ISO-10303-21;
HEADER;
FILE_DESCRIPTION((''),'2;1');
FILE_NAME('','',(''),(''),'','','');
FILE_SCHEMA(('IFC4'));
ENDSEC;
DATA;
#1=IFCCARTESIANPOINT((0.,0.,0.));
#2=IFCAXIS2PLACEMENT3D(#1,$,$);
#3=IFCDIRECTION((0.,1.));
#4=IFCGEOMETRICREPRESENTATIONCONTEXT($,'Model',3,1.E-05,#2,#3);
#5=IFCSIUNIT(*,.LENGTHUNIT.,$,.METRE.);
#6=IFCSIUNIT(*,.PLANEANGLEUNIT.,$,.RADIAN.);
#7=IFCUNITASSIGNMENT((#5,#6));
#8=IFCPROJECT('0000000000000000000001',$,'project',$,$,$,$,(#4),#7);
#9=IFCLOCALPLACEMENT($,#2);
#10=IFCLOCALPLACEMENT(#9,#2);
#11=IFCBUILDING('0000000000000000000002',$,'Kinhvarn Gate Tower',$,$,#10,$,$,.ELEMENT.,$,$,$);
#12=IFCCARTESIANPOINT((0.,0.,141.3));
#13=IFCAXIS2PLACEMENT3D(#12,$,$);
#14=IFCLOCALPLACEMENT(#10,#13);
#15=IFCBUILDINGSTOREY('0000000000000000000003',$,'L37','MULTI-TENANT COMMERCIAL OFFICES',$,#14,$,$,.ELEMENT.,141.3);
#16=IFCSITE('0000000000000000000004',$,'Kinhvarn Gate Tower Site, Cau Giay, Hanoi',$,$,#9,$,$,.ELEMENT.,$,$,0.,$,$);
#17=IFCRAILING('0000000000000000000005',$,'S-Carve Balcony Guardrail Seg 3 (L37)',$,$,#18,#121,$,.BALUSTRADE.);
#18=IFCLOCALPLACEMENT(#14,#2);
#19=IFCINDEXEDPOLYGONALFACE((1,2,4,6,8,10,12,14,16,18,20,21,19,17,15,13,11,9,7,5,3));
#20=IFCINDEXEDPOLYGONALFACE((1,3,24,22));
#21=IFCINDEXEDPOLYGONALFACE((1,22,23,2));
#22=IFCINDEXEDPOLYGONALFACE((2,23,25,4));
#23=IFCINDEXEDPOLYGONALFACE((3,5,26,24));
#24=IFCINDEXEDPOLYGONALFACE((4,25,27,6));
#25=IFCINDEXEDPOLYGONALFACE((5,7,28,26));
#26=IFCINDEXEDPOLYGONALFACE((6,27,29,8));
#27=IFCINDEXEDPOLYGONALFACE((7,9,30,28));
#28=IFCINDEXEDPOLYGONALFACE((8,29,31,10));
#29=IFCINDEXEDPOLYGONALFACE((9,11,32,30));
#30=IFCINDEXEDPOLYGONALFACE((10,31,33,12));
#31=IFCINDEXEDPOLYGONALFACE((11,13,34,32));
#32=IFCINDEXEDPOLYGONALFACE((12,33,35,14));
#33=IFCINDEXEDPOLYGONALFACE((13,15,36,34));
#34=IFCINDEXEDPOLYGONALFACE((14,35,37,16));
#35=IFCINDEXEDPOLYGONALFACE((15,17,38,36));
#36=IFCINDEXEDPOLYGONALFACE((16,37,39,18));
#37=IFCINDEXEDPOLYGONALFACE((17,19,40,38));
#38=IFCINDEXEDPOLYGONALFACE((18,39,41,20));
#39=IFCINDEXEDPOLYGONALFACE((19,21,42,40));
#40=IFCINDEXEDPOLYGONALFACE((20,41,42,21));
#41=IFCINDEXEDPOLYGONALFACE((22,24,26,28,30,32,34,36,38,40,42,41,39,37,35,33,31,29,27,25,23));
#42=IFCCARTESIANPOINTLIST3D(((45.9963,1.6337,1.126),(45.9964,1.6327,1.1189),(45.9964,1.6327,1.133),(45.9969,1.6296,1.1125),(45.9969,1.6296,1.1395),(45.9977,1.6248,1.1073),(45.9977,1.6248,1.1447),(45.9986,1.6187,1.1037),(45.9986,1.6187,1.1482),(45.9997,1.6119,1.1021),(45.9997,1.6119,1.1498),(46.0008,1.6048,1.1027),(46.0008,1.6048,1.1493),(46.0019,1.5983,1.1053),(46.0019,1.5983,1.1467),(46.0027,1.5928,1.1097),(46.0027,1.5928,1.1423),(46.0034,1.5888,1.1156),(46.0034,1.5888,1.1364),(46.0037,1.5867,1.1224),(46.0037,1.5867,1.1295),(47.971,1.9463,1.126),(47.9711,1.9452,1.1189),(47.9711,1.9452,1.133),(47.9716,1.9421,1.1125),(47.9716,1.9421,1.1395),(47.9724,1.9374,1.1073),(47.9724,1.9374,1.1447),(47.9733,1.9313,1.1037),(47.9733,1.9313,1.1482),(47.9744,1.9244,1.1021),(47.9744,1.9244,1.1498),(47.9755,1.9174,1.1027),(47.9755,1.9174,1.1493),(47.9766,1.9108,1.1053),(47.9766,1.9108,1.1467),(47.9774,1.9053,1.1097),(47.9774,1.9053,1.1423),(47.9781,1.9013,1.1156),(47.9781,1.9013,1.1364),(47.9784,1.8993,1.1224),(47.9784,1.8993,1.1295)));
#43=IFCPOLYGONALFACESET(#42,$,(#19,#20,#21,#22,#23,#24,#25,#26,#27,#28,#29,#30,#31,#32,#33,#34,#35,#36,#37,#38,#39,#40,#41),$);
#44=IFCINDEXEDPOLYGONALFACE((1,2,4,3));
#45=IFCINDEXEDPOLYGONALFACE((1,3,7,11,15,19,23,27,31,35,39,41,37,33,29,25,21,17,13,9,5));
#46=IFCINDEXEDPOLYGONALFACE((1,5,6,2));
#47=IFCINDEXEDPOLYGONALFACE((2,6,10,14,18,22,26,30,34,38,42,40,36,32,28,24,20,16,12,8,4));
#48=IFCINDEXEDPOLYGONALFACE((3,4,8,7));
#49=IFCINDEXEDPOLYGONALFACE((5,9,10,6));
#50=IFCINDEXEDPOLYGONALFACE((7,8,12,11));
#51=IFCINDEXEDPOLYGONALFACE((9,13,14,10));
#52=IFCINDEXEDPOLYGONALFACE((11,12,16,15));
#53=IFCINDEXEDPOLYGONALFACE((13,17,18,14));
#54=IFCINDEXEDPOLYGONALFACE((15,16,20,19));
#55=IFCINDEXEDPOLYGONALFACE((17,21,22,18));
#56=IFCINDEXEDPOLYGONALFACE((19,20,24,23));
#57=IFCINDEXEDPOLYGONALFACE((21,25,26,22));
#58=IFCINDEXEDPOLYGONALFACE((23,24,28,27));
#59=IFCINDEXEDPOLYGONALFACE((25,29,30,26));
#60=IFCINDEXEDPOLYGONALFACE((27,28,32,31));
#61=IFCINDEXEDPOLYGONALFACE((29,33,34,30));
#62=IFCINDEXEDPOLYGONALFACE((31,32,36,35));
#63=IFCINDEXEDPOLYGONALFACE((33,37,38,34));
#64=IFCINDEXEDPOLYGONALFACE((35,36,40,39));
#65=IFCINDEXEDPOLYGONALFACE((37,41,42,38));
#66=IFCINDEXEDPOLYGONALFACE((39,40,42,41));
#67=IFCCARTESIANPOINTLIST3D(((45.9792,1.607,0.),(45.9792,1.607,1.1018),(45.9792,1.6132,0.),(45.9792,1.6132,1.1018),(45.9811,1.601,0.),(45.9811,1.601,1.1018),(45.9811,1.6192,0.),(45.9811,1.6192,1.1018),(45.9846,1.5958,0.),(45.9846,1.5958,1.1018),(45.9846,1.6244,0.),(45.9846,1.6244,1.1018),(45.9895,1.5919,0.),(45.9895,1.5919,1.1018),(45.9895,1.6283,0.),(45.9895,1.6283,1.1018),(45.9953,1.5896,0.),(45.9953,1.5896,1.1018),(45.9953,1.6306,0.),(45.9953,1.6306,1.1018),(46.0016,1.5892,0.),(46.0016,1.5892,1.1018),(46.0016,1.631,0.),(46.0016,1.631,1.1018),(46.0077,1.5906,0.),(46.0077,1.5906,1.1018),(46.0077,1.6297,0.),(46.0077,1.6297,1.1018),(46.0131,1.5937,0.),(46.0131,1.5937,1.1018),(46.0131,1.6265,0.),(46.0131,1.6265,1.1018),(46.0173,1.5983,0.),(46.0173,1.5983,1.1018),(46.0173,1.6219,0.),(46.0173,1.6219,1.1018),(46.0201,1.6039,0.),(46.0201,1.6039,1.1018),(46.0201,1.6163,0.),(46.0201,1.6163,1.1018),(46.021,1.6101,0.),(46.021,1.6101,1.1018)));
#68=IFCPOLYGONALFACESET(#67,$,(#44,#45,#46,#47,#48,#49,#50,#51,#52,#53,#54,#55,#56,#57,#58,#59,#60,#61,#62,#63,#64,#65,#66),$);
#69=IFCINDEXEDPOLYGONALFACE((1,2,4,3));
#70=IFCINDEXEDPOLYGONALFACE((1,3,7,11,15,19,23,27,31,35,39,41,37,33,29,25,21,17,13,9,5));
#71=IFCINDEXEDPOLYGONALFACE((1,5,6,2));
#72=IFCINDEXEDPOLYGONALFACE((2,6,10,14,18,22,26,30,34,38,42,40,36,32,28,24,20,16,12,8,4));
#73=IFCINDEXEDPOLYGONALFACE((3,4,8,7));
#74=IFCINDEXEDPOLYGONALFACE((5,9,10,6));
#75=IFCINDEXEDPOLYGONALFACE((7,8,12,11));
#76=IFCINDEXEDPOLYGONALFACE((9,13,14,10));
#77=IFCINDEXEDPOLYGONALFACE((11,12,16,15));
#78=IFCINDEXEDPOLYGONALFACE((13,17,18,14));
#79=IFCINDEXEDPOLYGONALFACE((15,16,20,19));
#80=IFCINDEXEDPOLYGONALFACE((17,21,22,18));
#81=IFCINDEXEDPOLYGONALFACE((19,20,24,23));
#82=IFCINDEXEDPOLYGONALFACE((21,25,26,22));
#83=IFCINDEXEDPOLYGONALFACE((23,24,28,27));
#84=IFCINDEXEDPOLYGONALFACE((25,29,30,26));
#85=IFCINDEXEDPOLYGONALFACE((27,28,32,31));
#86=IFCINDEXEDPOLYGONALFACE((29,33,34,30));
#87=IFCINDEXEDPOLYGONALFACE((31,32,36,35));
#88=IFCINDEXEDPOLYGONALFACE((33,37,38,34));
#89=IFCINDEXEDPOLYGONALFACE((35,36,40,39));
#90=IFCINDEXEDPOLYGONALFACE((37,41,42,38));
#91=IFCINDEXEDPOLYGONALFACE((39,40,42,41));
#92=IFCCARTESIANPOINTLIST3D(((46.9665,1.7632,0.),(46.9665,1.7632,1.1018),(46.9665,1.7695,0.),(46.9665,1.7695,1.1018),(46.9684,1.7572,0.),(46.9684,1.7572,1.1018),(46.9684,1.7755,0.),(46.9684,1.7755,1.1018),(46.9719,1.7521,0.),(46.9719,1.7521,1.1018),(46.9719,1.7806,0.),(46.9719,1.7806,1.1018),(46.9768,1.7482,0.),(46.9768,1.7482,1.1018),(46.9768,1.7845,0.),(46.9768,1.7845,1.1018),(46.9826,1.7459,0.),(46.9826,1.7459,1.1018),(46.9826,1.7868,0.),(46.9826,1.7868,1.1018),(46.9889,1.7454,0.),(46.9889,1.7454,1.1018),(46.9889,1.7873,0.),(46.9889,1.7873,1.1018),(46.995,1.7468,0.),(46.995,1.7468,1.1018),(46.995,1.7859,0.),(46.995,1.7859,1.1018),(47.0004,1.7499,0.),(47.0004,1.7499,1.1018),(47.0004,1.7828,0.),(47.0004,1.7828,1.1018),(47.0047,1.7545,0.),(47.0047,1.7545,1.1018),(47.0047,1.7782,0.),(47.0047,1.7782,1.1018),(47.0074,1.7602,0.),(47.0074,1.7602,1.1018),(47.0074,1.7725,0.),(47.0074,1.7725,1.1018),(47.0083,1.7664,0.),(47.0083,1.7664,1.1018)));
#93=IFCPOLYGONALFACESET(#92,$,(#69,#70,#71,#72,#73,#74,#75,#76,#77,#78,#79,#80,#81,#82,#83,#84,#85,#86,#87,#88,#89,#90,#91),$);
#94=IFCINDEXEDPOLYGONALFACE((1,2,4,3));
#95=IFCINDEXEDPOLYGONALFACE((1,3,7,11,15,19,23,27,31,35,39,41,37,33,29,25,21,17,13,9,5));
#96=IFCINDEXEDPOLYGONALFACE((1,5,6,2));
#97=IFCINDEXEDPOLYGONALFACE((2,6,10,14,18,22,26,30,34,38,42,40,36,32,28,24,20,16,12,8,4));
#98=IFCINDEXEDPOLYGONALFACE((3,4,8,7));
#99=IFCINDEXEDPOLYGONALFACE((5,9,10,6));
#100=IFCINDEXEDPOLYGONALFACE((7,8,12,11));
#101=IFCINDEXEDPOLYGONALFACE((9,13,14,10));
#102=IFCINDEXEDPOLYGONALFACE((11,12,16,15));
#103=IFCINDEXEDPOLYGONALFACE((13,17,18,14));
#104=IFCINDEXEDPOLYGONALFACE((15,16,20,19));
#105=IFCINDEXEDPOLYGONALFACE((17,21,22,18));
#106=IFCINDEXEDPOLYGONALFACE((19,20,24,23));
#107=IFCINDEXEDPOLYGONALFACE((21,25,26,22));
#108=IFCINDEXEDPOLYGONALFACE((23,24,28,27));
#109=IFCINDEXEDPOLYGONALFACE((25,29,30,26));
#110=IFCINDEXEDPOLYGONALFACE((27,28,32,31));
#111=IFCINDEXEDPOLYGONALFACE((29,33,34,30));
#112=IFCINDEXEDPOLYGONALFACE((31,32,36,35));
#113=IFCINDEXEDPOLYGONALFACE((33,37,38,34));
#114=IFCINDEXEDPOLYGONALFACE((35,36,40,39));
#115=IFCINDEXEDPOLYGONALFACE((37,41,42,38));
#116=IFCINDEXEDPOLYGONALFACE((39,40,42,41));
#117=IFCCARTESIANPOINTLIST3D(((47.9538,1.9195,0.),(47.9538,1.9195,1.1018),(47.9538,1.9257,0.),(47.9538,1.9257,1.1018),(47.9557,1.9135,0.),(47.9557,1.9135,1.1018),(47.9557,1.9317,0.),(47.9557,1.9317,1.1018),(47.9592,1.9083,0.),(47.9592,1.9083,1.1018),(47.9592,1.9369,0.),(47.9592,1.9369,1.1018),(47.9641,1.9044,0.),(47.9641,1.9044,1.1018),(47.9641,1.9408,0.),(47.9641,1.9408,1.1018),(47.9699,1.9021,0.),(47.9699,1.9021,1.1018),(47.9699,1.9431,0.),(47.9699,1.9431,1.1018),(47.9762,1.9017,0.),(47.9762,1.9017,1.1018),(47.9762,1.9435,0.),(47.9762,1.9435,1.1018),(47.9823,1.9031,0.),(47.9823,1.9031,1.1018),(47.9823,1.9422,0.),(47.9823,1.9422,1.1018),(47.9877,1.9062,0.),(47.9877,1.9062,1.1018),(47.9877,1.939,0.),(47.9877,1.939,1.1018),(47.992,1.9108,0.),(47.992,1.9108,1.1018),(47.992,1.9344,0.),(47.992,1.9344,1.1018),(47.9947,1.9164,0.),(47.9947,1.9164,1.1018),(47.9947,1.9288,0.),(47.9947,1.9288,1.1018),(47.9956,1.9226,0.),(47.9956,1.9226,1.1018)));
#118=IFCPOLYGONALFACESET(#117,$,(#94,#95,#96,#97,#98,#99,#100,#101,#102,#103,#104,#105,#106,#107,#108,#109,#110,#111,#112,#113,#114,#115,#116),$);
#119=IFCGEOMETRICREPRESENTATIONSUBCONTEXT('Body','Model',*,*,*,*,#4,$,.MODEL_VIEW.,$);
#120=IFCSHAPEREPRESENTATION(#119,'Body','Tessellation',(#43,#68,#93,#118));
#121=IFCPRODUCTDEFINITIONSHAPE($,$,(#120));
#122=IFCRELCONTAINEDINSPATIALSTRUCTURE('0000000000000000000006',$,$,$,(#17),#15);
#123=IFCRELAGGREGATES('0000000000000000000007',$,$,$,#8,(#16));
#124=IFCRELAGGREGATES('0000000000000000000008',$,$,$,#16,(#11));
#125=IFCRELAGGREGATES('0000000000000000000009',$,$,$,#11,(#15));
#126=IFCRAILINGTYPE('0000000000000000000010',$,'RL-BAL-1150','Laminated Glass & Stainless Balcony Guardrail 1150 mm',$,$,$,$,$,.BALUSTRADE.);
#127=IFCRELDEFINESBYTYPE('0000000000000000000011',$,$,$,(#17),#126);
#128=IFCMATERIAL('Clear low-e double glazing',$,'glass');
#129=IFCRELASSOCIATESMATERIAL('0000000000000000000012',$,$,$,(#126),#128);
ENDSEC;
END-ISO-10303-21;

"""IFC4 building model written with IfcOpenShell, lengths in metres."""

from ifc_helpers import new_model, si_unit, direction, frame, origin, origin_2d, place, context, subcontext, project, spatial, circle, extrude, material, type_object, element, save


model = new_model("IFC4")

# Units and contexts
model_context = context("Model", 3, precision=1e-05, world=origin(), true_north=direction((0.0, 1.0)))
body_context = subcontext(model_context, "Body", "Model", "MODEL_VIEW")
ifc_project = project(units=[si_unit("LENGTHUNIT", "METRE"), si_unit("PLANEANGLEUNIT", "RADIAN")], contexts=[model_context])

# Site, building, storey
site_placement = place(None, origin())
site = spatial("IfcSite", under=ifc_project, at=site_placement, Name="Kinhvarn Gate Tower Site, Cau Giay, Hanoi", CompositionType="ELEMENT", RefElevation=0.0)
building_placement = place(site_placement, origin())
building = spatial("IfcBuilding", under=site, at=building_placement, Name="Kinhvarn Gate Tower", CompositionType="ELEMENT")
storey_placement = place(building_placement, frame((0.0, 0.0, 141.3)))
storey = spatial("IfcBuildingStorey", under=building, at=storey_placement, Name="L37", Description="MULTI-TENANT COMMERCIAL OFFICES", CompositionType="ELEMENT", Elevation=141.3)

# Shared definitions
ifc_material_1 = material(Name="Clear low-e double glazing", Category="glass")

# Railing
railing_type = type_object("IfcRailingType", Name="RL-BAL-1150", Description="Laminated Glass & Stainless Balcony Guardrail 1150 mm", PredefinedType="BALUSTRADE", material=ifc_material_1)
railing_1_placement = place(storey_placement, frame((46.0, 1.6101, 0.0)))
element("IfcRailing", 1, at=railing_1_placement, inside=storey, type_object=railing_type, Name="S-Carve Balcony Guardrail Seg 3 (L37)", PredefinedType="BALUSTRADE", context=body_context, shape_type="SweptSolid", body=[
    extrude(circle(Radius=0.0239, at=origin_2d()), frame((0.0, 0.0, 1.126), z_axis=(0.987707, 0.156314, 0.0), x_axis=(-0.156314, 0.987707, 0.0)), (0.0, 0.0, 1.0), 1.9993),
    extrude(circle(Radius=0.021, at=origin_2d()), origin(), (0.0, 0.0, 1.0), 1.1018),
    extrude(circle(Radius=0.021, at=origin_2d()), frame((0.9873, 0.1562, 0.0)), (0.0, 0.0, 1.0), 1.1018),
    extrude(circle(Radius=0.021, at=origin_2d()), frame((1.9746, 0.3125, 0.0)), (0.0, 0.0, 1.0), 1.1018),
])

save(model, "model.ifc")
